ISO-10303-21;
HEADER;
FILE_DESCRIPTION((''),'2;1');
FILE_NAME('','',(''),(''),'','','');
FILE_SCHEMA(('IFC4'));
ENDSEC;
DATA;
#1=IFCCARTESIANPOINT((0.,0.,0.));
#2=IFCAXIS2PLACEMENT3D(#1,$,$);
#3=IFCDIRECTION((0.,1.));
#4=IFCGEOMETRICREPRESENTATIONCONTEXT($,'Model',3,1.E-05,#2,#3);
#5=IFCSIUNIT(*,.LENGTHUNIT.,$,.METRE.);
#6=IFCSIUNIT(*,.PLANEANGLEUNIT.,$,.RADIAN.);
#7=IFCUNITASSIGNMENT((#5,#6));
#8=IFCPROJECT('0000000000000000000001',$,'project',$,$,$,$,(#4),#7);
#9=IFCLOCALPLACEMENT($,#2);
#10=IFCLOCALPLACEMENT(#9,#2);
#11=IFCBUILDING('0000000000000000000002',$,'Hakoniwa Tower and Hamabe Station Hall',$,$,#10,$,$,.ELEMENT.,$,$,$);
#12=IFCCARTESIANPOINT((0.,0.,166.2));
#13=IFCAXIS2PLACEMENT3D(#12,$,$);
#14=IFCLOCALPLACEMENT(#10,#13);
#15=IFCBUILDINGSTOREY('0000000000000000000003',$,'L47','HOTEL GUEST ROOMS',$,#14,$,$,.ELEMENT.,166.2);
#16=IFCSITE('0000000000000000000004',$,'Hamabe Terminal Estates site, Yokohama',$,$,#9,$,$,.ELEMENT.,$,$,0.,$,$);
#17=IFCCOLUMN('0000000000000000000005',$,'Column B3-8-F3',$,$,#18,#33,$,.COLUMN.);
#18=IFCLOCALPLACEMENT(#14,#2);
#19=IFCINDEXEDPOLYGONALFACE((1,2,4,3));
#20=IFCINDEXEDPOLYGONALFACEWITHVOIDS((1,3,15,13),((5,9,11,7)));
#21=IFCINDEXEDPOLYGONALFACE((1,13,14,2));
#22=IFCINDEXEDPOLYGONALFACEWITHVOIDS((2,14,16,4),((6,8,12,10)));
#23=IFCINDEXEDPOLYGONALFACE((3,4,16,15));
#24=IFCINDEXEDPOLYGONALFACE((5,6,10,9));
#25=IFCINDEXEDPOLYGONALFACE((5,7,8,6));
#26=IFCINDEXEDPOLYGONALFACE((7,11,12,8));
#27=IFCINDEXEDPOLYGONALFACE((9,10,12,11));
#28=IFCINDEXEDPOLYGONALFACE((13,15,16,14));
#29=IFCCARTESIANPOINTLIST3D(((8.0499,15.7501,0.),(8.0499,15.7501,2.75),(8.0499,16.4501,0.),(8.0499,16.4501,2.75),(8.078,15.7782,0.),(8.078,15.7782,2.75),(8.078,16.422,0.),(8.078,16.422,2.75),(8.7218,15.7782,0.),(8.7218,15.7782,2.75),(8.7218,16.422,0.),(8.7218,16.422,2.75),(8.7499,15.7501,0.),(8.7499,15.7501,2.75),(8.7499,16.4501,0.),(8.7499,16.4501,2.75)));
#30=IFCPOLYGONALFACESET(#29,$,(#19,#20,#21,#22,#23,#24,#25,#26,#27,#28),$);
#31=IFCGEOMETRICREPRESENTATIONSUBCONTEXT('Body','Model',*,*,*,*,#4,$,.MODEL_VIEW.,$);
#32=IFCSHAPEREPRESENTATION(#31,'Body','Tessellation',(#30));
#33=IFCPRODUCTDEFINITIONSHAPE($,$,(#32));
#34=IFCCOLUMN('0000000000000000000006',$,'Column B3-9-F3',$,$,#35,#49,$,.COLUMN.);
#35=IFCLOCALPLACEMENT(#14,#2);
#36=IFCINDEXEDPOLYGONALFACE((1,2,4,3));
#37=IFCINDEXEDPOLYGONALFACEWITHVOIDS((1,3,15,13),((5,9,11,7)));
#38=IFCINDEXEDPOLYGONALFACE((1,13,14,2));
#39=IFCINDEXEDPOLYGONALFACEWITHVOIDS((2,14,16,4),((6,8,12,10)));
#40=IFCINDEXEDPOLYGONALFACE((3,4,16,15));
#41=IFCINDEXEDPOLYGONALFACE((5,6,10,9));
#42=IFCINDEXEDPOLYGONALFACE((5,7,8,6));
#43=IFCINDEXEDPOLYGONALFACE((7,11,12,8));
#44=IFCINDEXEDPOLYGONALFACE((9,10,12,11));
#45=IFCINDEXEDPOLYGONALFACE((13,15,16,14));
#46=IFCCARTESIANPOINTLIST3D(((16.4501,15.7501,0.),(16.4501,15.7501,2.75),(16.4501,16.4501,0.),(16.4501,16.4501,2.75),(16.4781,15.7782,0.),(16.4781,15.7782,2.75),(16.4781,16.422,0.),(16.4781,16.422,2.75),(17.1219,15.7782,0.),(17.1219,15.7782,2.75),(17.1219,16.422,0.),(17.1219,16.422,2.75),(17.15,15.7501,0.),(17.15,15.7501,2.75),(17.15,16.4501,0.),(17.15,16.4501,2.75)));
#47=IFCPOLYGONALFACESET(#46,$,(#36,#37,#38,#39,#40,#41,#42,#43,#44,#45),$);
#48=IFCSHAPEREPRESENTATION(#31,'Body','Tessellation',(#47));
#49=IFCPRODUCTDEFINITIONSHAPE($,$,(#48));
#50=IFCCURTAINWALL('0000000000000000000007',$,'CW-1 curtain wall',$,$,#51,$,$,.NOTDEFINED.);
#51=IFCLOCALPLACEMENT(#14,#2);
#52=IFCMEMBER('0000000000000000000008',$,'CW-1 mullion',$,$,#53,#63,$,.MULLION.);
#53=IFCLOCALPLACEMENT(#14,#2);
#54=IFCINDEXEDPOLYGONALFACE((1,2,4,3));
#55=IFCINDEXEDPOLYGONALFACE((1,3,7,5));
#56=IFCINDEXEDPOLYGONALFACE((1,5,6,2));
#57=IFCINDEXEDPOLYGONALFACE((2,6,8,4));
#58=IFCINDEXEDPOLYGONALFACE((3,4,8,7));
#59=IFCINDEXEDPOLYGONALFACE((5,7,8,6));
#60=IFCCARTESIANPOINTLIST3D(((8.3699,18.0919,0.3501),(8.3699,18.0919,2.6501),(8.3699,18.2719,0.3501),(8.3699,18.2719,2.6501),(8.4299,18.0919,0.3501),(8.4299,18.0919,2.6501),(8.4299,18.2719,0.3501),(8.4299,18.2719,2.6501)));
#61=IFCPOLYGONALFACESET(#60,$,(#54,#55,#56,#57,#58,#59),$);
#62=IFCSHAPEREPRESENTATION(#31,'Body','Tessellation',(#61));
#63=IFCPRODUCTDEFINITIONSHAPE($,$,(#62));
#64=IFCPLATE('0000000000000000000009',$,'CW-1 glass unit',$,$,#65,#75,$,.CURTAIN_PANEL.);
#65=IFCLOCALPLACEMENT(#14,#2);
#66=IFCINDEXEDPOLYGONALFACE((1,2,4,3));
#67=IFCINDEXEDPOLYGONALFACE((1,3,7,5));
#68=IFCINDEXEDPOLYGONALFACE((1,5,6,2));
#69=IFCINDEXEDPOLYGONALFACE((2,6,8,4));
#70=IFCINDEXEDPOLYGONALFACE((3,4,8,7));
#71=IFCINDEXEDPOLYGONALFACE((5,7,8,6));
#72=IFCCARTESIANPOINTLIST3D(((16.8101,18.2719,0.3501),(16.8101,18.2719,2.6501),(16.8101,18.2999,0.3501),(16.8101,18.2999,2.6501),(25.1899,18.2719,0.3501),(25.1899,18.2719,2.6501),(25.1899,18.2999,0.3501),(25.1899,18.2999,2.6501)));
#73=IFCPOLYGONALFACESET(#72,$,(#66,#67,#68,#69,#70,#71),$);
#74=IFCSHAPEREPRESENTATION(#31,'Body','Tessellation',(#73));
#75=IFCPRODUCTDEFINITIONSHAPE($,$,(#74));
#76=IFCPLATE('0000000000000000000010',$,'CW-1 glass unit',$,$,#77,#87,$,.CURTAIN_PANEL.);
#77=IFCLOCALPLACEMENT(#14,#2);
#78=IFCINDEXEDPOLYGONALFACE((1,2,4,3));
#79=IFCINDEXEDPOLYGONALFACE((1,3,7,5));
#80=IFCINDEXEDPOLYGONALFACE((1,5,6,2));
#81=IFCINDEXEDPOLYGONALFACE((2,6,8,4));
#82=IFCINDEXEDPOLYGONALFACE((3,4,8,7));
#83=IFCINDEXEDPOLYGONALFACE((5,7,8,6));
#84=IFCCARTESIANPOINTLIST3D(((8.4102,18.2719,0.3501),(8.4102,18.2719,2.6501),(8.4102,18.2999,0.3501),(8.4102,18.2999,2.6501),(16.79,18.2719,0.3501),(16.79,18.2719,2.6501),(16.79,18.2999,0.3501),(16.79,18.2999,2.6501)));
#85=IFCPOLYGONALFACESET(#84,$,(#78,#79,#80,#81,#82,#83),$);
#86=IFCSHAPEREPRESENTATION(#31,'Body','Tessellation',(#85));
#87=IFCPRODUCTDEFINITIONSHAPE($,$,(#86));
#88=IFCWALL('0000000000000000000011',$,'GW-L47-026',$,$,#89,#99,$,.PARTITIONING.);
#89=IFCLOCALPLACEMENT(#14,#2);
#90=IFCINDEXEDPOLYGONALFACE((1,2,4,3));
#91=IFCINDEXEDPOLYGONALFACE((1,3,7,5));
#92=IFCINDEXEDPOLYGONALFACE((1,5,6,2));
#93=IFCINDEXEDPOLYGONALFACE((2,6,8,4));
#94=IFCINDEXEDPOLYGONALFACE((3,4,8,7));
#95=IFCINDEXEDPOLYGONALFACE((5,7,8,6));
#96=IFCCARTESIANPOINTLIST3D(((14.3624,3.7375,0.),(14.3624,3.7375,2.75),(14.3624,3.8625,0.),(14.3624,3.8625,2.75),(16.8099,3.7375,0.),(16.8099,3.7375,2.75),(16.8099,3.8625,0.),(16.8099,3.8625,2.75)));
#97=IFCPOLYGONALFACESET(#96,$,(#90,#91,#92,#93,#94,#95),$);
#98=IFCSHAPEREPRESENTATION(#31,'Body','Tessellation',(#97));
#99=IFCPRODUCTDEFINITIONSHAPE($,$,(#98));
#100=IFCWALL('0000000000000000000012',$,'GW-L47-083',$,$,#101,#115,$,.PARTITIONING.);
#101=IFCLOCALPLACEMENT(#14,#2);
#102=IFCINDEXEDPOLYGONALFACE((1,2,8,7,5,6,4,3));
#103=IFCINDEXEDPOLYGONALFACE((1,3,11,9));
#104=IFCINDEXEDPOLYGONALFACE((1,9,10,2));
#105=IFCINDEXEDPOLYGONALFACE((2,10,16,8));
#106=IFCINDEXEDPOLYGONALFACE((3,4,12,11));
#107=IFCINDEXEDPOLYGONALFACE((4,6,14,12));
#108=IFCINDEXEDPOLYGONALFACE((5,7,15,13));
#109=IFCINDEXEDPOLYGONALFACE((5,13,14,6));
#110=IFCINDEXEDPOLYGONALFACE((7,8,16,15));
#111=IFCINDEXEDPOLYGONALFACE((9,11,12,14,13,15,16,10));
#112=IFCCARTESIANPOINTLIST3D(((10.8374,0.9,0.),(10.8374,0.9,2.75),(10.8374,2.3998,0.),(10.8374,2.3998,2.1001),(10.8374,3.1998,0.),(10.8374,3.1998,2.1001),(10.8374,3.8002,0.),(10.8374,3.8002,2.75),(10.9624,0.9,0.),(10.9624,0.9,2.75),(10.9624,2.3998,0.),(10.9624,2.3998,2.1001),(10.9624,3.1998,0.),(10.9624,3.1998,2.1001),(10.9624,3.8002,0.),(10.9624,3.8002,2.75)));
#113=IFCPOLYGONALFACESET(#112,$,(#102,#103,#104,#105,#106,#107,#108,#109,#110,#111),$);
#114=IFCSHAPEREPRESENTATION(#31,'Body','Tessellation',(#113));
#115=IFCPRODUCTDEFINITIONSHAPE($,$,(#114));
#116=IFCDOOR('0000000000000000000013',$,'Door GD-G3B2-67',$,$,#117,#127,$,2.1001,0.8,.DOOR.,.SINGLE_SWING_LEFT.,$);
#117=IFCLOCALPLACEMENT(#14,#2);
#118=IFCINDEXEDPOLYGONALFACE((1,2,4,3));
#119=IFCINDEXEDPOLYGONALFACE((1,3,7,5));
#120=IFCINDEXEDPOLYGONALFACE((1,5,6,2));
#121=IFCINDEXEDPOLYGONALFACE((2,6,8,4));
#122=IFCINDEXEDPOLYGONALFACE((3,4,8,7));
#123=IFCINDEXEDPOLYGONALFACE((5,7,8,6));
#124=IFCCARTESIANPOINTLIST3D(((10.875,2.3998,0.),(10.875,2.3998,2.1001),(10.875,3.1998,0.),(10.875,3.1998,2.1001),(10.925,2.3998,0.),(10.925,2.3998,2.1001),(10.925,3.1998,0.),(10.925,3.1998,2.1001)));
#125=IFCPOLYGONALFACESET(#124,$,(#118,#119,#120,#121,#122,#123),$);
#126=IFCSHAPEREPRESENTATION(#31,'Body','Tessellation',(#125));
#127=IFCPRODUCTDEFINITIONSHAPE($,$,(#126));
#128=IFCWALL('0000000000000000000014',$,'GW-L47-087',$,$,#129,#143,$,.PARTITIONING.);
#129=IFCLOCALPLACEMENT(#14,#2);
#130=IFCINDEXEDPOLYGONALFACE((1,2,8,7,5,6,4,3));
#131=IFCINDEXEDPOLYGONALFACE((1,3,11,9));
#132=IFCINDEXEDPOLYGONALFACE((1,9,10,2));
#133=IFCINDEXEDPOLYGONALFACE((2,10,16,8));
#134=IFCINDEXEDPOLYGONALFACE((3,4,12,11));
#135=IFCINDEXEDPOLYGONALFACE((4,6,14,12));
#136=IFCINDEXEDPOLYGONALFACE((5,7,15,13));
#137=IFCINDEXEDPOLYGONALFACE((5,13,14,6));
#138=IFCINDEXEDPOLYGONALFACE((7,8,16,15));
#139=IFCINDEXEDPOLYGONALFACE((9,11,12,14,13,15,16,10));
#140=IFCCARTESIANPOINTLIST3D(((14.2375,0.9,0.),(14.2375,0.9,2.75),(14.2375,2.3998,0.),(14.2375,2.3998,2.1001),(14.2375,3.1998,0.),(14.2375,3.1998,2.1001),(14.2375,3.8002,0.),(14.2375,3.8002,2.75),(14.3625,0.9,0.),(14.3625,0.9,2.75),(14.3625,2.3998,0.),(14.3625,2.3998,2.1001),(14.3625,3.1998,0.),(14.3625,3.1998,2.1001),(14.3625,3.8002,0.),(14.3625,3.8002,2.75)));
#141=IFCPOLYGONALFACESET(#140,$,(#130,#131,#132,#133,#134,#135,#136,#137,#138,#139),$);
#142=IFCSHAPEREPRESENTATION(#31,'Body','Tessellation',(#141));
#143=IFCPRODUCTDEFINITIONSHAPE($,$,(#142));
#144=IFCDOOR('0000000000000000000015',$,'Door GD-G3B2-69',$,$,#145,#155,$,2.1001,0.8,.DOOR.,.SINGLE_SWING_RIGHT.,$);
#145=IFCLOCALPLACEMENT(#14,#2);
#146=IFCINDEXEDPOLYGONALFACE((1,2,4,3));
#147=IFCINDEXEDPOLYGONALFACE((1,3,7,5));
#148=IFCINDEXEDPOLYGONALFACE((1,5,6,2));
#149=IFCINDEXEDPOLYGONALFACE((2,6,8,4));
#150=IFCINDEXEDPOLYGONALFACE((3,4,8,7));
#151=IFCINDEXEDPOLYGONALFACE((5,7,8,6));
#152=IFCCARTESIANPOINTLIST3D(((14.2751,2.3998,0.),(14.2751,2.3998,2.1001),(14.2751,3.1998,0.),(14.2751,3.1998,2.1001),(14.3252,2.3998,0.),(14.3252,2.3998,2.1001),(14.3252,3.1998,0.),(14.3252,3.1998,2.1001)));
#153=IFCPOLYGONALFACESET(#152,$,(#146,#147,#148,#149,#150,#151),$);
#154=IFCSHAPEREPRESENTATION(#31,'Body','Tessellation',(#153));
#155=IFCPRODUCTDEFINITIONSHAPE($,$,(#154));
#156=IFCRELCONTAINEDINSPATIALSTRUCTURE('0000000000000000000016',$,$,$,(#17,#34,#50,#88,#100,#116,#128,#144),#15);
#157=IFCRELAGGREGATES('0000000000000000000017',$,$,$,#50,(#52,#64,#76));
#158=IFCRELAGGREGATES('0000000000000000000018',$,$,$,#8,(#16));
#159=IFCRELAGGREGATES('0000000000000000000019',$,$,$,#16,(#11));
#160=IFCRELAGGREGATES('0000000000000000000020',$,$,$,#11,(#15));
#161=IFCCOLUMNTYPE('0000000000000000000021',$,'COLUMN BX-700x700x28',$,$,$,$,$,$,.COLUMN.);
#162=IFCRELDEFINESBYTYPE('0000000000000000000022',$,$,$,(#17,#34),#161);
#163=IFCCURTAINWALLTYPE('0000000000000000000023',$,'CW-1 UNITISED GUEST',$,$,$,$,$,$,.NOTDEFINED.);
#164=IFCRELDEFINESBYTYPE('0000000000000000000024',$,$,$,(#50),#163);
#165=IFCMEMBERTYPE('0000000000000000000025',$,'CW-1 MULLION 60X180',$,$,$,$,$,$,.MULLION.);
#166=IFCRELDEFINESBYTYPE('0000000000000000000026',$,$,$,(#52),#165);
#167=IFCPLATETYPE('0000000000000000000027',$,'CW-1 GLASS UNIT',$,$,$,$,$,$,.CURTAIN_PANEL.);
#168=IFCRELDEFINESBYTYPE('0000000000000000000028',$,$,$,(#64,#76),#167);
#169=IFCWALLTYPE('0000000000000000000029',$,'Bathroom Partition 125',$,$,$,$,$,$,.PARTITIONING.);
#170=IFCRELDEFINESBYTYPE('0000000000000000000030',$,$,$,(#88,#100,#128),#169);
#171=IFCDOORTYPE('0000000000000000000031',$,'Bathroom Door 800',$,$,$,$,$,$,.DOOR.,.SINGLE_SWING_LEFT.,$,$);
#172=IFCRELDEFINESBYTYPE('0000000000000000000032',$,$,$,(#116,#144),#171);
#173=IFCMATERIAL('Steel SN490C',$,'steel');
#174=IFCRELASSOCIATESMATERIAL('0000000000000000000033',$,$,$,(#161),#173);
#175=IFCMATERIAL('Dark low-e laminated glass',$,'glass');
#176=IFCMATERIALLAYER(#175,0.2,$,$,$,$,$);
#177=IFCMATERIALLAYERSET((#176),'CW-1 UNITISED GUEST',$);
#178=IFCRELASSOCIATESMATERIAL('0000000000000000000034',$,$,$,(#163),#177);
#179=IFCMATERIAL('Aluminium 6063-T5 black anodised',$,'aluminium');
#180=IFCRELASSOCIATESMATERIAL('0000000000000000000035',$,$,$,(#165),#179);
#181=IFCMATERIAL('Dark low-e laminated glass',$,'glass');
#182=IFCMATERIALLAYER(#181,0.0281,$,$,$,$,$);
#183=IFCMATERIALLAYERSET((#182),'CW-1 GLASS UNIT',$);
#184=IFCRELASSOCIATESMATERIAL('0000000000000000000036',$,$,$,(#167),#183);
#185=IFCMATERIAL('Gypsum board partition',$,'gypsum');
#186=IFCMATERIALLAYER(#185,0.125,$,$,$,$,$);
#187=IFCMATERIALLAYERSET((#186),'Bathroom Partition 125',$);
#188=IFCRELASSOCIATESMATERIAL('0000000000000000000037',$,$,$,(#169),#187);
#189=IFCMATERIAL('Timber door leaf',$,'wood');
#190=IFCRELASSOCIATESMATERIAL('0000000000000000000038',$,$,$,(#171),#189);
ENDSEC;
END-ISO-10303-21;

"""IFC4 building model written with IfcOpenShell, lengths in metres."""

from ifc_helpers import new_model, si_unit, direction, frame, frame_2d, origin, origin_2d, place, context, subcontext, project, spatial, rectangle, hollow_rectangle, extrude, material, layer, layer_set, material_profile, profile_set, type_object, element, fill, aggregate, save


model = new_model("IFC4")

# Units and contexts
model_context = context("Model", 3, precision=1e-05, world=origin(), true_north=direction((0.0, 1.0)))
body_context = subcontext(model_context, "Body", "Model", "MODEL_VIEW")
ifc_project = project(units=[si_unit("LENGTHUNIT", "METRE"), si_unit("PLANEANGLEUNIT", "RADIAN")], contexts=[model_context])

# Site, building, storey
site_placement = place(None, origin())
site = spatial("IfcSite", under=ifc_project, at=site_placement, Name="Hamabe Terminal Estates site, Yokohama", CompositionType="ELEMENT", RefElevation=0.0)
building_placement = place(site_placement, origin())
building = spatial("IfcBuilding", under=site, at=building_placement, Name="Hakoniwa Tower and Hamabe Station Hall", CompositionType="ELEMENT")
storey_placement = place(building_placement, frame((0.0, 0.0, 166.2)))
storey = spatial("IfcBuildingStorey", under=building, at=storey_placement, Name="L47", Description="HOTEL GUEST ROOMS", CompositionType="ELEMENT", Elevation=166.2)

# Columns
ifc_material_1 = material(Name="Steel SN490C", Category="steel")
ifc_material_profile_1 = material_profile(ifc_material_1, hollow_rectangle(XDim=0.7, YDim=0.7, WallThickness=0.0281, at=origin_2d()), Name="BX-700x700x28")
ifc_profile_set_1 = profile_set([ifc_material_profile_1], Name="Steel SN490C")
column_type = type_object("IfcColumnType", Name="COLUMN BX-700x700x28", PredefinedType="COLUMN", material=ifc_profile_set_1)
for number, where, z_axis, x_axis, name in (
    (1, (8.3999, 16.1001, 0.0), (0.0, 0.0, 1.0), (1.0, 0.0, 0.0), "Column B3-8-F3"),
    (2, (16.8, 16.1001, 0.0), (0.0, 0.0, 1.0), (1.0, 0.0, 0.0), "Column B3-9-F3"),
):
    element("IfcColumn", number, at=place(storey_placement, frame(where, z_axis=z_axis, x_axis=x_axis)), inside=storey, type_object=column_type, Name=name, PredefinedType="COLUMN", context=body_context, shape_type="SweptSolid", body=[
        extrude(hollow_rectangle(XDim=0.7, YDim=0.7, WallThickness=0.0281, at=origin_2d()), origin(), (0.0, 0.0, 1.0), 2.75),
    ])

# Curtain wall, member, plates
ifc_material_2 = material(Name="Dark low-e laminated glass", Category="glass")
ifc_layer_1 = layer(ifc_material_2, 0.2)
ifc_layer_set_1 = layer_set([ifc_layer_1], Name="CW-1 UNITISED GUEST")
curtain_wall_type = type_object("IfcCurtainWallType", Name="CW-1 UNITISED GUEST", PredefinedType="NOTDEFINED", material=ifc_layer_set_1)
curtain_wall_placement = place(storey_placement, origin())
curtain_wall = element("IfcCurtainWall", 3, at=curtain_wall_placement, inside=storey, type_object=curtain_wall_type, Name="CW-1 curtain wall", PredefinedType="NOTDEFINED")
ifc_material_3 = material(Name="Aluminium 6063-T5 black anodised", Category="aluminium")
ifc_material_profile_2 = material_profile(ifc_material_3, rectangle(XDim=0.0601, YDim=0.1799, at=origin_2d()), Name="CW-1 MULLION 60X180")
ifc_profile_set_2 = profile_set([ifc_material_profile_2], Name="Aluminium 6063-T5 black anodised")
member_type = type_object("IfcMemberType", Name="CW-1 MULLION 60X180", PredefinedType="MULLION", material=ifc_profile_set_2)
member_placement = place(storey_placement, frame((8.3999, 18.1819, 0.3501), z_axis=(0.0, 0.0, 1.0), x_axis=(-1.0, 0.0, 0.0)))
member = element("IfcMember", 4, at=member_placement, type_object=member_type, Name="CW-1 mullion", PredefinedType="MULLION", context=body_context, shape_type="SweptSolid", body=[
    extrude(rectangle(XDim=0.0601, YDim=0.1799, at=origin_2d()), origin(), (0.0, 0.0, 1.0), 2.3),
])
ifc_material_4 = material(Name="Dark low-e laminated glass", Category="glass")
ifc_layer_2 = layer(ifc_material_4, 0.0281)
ifc_layer_set_2 = layer_set([ifc_layer_2], Name="CW-1 GLASS UNIT")
plate_type = type_object("IfcPlateType", Name="CW-1 GLASS UNIT", PredefinedType="CURTAIN_PANEL", material=ifc_layer_set_2)
plate_1_placement = place(storey_placement, frame((21.0, 18.2859, 0.3501), z_axis=(0.0, 0.0, 1.0), x_axis=(-1.0, 0.0, 0.0)))
plate_1 = element("IfcPlate", 5, at=plate_1_placement, type_object=plate_type, Name="CW-1 glass unit", PredefinedType="CURTAIN_PANEL", context=body_context, shape_type="SweptSolid", body=[
    extrude(rectangle(XDim=8.3799, YDim=0.0281, at=origin_2d()), origin(), (0.0, 0.0, 1.0), 2.3),
])
plate_2_placement = place(storey_placement, frame((12.6001, 18.2859, 0.3501), z_axis=(0.0, 0.0, 1.0), x_axis=(-1.0, 0.0, 0.0)))
plate_2 = element("IfcPlate", 6, at=plate_2_placement, type_object=plate_type, Name="CW-1 glass unit", PredefinedType="CURTAIN_PANEL", context=body_context, shape_type="SweptSolid", body=[
    extrude(rectangle(XDim=8.3799, YDim=0.0281, at=origin_2d()), origin(), (0.0, 0.0, 1.0), 2.3),
])
aggregate(curtain_wall, [member, plate_1, plate_2])

# Wall
ifc_material_5 = material(Name="Gypsum board partition", Category="gypsum")
ifc_layer_3 = layer(ifc_material_5, 0.125)
ifc_layer_set_3 = layer_set([ifc_layer_3], Name="Bathroom Partition 125")
wall_type_1 = type_object("IfcWallType", Name="Bathroom Partition 125", PredefinedType="PARTITIONING", material=ifc_layer_set_3)
wall_1_placement = place(storey_placement, frame((14.3625, 3.8, 0.0), z_axis=(0.0, 0.0, 1.0), x_axis=(1.0, 0.0, 0.0)))
element("IfcWall", 7, at=wall_1_placement, inside=storey, type_object=wall_type_1, Name="GW-L47-026", PredefinedType="PARTITIONING", context=body_context, shape_type="SweptSolid", body=[
    extrude(rectangle(XDim=2.4475, YDim=0.125, at=frame_2d((1.2236, 0.0))), origin(), (0.0, 0.0, 1.0), 2.75),
])

# Walls, openings, doors
wall_2_placement = place(storey_placement, frame((10.8999, 0.8999, 0.0), z_axis=(0.0, 0.0, 1.0), x_axis=(0.0, 1.0, 0.0)))
wall_2 = element("IfcWall", 8, at=wall_2_placement, inside=storey, type_object=wall_type_1, Name="GW-L47-083", PredefinedType="PARTITIONING", context=body_context, shape_type="SweptSolid", body=[
    extrude(rectangle(XDim=2.9001, YDim=0.125, at=frame_2d((1.4502, 0.0))), origin(), (0.0, 0.0, 1.0), 2.75),
])
opening_1_placement = place(wall_2_placement, frame((1.5, 0.0, 0.0)))
opening_1 = element("IfcOpeningElement", 9, at=opening_1_placement, cuts=wall_2, PredefinedType="OPENING", context=body_context, shape_type="SweptSolid", body=[
    extrude(rectangle(XDim=0.8, YDim=2.1001, at=frame_2d((0.3999, 1.05))), frame((0.0, 0.0725, 0.0), z_axis=(0.0, -1.0, 0.0), x_axis=(1.0, 0.0, 0.0)), (0.0, 0.0, 1.0), 0.145),
])
ifc_material_6 = material(Name="Timber door leaf", Category="wood")
door_type_1 = type_object("IfcDoorType", Name="Bathroom Door 800", OperationType="SINGLE_SWING_LEFT", PredefinedType="DOOR", material=ifc_material_6)
door_1_placement = place(opening_1_placement, origin())
door_1 = element("IfcDoor", 10, at=door_1_placement, inside=storey, type_object=door_type_1, Name="Door GD-G3B2-67", OperationType="SINGLE_SWING_LEFT", OverallHeight=2.1001, OverallWidth=0.8, PredefinedType="DOOR", context=body_context, shape_type="SweptSolid", body=[
    extrude(rectangle(XDim=0.8, YDim=2.1001, at=frame_2d((0.3999, 1.05))), frame((0.0, 0.0249, 0.0), z_axis=(0.0, -1.0, 0.0), x_axis=(1.0, 0.0, 0.0)), (0.0, 0.0, 1.0), 0.05),
])
fill(opening_1, door_1)
wall_3_placement = place(storey_placement, frame((14.3, 0.8999, 0.0), z_axis=(0.0, 0.0, 1.0), x_axis=(0.0, 1.0, 0.0)))
wall_3 = element("IfcWall", 11, at=wall_3_placement, inside=storey, type_object=wall_type_1, Name="GW-L47-087", PredefinedType="PARTITIONING", context=body_context, shape_type="SweptSolid", body=[
    extrude(rectangle(XDim=2.9001, YDim=0.125, at=frame_2d((1.4502, 0.0))), origin(), (0.0, 0.0, 1.0), 2.75),
])
opening_2_placement = place(wall_3_placement, frame((1.5, 0.0, 0.0)))
opening_2 = element("IfcOpeningElement", 12, at=opening_2_placement, cuts=wall_3, PredefinedType="OPENING", context=body_context, shape_type="SweptSolid", body=[
    extrude(rectangle(XDim=0.8, YDim=2.1001, at=frame_2d((0.3999, 1.05))), frame((0.0, 0.0725, 0.0), z_axis=(0.0, -1.0, 0.0), x_axis=(1.0, 0.0, 0.0)), (0.0, 0.0, 1.0), 0.145),
])
door_2_placement = place(opening_2_placement, origin())
door_2 = element("IfcDoor", 13, at=door_2_placement, inside=storey, type_object=door_type_1, Name="Door GD-G3B2-69", OperationType="SINGLE_SWING_RIGHT", OverallHeight=2.1001, OverallWidth=0.8, PredefinedType="DOOR", context=body_context, shape_type="SweptSolid", body=[
    extrude(rectangle(XDim=0.8, YDim=2.1001, at=frame_2d((0.3999, 1.05))), frame((0.0, 0.0249, 0.0), z_axis=(0.0, -1.0, 0.0), x_axis=(1.0, 0.0, 0.0)), (0.0, 0.0, 1.0), 0.05),
])
fill(opening_2, door_2)

save(model, "model.ifc")
